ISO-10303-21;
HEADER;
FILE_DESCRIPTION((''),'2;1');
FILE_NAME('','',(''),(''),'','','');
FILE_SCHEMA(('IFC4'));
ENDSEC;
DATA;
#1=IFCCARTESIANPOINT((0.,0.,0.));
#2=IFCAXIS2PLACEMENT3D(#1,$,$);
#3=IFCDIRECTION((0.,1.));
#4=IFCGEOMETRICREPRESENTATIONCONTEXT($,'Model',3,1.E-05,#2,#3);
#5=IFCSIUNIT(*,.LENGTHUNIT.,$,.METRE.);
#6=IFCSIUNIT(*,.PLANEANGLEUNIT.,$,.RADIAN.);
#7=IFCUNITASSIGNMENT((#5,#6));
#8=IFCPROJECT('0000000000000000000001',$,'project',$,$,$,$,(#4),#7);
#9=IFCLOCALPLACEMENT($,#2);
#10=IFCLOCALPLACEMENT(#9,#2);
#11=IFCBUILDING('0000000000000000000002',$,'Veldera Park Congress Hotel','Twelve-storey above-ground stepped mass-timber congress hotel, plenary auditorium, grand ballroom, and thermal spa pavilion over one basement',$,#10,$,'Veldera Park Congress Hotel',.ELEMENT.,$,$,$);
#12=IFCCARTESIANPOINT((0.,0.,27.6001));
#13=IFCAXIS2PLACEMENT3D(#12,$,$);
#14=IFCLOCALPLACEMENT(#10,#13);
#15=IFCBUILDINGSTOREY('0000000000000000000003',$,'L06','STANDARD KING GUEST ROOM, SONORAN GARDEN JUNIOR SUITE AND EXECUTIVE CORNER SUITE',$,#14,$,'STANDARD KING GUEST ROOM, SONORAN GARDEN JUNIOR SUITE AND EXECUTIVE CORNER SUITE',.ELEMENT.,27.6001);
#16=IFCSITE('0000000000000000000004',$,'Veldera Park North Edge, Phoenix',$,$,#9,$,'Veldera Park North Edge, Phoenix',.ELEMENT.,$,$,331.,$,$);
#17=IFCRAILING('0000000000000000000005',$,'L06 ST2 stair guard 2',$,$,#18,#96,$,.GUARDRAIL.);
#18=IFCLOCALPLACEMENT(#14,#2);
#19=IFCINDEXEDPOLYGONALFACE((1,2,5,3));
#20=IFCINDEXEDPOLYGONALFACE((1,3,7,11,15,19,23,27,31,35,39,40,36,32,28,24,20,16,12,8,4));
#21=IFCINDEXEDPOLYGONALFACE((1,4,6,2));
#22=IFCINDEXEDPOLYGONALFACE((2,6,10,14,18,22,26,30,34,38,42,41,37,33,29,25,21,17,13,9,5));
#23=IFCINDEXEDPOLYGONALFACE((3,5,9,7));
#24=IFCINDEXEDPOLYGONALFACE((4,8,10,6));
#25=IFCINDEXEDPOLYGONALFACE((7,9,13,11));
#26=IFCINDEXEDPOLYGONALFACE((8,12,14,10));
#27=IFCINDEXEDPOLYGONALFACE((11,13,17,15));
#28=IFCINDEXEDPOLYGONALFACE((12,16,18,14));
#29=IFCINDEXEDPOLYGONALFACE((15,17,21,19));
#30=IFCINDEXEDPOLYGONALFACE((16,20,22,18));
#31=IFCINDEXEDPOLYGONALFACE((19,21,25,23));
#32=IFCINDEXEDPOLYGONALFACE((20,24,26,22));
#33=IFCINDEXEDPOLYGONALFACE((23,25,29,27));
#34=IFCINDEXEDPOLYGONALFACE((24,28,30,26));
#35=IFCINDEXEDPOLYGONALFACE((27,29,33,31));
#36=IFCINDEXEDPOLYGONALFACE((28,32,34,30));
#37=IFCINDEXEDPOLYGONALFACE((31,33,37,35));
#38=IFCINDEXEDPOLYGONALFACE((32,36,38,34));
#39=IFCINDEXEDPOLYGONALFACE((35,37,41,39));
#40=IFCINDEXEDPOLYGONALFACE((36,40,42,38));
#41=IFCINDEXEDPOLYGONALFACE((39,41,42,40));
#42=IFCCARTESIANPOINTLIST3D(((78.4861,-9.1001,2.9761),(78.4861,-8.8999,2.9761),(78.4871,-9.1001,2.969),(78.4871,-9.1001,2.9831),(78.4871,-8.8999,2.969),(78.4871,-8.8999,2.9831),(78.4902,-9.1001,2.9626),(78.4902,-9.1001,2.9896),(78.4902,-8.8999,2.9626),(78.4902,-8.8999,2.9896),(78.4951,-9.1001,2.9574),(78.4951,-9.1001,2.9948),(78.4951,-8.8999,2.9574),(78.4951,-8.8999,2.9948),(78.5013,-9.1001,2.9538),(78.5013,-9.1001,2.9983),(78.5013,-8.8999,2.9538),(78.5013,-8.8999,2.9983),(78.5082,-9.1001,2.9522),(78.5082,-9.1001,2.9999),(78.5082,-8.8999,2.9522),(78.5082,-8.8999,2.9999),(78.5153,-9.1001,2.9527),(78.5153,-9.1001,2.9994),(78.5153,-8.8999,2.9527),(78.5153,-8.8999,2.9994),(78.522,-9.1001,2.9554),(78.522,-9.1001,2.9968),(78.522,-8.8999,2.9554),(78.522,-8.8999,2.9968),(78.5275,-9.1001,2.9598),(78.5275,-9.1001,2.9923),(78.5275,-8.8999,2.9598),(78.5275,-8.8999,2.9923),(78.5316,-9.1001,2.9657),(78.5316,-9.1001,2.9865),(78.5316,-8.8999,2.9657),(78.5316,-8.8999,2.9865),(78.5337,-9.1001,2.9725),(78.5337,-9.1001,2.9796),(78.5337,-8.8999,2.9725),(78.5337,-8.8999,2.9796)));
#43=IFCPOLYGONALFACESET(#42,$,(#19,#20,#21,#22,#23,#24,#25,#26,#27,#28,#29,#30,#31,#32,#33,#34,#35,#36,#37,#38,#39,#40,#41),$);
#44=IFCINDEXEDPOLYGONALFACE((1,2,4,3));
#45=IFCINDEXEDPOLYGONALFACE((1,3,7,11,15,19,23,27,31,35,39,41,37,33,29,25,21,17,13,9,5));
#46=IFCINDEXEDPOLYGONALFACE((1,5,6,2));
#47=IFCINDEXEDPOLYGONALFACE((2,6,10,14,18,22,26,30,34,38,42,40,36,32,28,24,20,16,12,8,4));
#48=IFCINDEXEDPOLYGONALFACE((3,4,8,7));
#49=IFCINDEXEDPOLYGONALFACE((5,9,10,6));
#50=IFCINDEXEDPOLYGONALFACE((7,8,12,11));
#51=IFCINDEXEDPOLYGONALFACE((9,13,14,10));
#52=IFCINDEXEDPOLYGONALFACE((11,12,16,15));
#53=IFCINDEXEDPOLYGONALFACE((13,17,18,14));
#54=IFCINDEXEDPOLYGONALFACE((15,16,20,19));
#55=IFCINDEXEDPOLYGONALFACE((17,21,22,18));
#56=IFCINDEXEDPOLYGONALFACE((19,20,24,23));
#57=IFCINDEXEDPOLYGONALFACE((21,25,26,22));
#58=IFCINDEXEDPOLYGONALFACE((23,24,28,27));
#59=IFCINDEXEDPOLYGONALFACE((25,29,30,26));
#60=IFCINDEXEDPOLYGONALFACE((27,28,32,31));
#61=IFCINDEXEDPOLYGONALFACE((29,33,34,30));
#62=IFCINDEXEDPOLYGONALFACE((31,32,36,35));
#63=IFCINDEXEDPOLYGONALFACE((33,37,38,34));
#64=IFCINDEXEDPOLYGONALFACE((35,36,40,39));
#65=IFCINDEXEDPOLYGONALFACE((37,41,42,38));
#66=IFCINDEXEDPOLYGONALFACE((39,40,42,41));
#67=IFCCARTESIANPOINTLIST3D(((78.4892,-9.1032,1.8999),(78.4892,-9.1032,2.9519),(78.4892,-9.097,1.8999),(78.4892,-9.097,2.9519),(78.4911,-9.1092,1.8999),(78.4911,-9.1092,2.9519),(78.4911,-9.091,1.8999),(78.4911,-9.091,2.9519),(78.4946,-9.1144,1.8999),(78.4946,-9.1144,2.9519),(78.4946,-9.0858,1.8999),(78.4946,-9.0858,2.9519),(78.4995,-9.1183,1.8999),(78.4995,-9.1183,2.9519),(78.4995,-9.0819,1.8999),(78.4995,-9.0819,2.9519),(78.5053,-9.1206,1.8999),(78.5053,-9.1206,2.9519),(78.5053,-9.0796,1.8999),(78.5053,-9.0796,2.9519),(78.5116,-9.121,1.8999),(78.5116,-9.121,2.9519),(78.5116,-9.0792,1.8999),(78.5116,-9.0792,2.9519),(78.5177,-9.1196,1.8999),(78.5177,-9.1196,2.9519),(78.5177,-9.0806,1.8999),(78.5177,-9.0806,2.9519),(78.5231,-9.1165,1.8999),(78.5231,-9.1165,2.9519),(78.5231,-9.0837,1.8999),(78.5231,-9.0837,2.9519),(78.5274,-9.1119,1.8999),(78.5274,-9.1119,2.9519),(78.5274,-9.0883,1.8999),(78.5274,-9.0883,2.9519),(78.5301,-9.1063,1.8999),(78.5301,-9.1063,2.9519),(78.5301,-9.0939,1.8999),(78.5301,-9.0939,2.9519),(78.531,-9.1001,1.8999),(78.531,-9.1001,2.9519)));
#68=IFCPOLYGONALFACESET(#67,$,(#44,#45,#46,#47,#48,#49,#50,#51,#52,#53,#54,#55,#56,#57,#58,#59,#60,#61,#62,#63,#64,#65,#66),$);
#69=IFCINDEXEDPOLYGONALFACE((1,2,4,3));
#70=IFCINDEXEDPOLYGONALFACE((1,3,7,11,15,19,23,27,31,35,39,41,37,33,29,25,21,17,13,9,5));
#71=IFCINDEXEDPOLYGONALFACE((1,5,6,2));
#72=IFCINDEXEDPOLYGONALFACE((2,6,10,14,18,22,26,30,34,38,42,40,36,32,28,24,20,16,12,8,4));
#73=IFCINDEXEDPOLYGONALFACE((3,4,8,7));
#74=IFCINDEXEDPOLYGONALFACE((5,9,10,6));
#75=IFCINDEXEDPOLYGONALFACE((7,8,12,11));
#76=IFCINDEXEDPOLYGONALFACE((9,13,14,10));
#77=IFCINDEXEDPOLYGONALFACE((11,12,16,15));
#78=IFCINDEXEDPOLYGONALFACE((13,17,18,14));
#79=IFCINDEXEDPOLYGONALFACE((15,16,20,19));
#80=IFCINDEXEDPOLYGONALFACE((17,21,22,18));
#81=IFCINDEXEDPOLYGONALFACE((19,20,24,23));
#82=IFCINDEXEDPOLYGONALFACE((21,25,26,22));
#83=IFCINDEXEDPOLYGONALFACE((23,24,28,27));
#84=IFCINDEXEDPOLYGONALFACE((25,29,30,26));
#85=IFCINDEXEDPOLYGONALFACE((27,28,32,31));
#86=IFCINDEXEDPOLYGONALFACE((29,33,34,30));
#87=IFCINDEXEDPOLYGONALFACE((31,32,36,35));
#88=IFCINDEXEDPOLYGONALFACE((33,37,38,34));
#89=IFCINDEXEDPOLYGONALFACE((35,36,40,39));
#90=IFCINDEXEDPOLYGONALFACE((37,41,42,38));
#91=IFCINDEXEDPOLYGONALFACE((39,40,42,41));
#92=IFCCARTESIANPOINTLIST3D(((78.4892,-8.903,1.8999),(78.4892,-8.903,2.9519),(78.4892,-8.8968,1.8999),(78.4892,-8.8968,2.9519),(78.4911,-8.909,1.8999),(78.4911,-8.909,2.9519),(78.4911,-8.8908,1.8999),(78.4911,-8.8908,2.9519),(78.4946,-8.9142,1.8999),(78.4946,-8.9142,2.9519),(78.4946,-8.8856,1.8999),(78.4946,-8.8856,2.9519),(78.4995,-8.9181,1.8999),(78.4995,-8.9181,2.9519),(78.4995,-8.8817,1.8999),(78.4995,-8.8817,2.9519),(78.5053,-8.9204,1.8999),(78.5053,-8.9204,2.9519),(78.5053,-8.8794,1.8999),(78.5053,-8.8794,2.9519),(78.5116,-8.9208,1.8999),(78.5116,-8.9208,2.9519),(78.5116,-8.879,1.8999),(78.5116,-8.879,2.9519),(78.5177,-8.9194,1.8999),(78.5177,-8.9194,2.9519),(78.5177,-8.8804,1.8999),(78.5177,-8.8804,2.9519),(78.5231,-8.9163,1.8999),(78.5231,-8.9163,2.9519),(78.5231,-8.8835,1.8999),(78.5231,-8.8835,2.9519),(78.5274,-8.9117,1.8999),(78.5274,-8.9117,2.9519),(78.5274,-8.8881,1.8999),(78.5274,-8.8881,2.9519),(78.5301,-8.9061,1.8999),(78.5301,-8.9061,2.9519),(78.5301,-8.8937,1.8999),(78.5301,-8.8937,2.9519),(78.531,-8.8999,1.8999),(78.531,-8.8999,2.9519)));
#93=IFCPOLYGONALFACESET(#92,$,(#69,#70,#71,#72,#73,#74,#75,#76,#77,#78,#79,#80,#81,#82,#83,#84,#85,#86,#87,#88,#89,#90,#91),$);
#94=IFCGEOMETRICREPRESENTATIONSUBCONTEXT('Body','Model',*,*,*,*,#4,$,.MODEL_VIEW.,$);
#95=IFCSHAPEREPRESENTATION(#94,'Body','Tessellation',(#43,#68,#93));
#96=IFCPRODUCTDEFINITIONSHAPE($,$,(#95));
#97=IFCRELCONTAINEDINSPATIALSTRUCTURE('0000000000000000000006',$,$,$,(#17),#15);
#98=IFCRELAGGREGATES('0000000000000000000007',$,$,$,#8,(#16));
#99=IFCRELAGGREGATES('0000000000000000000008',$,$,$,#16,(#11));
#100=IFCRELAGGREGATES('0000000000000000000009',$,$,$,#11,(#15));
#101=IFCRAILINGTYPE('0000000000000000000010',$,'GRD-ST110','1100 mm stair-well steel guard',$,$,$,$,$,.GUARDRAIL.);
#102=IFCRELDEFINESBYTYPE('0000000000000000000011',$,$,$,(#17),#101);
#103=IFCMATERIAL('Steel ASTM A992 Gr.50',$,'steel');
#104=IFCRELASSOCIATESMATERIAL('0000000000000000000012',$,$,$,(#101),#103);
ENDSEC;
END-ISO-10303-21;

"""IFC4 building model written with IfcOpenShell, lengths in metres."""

from ifc_helpers import new_model, si_unit, direction, frame, origin, origin_2d, place, context, subcontext, project, spatial, circle, extrude, material, type_object, element, save


model = new_model("IFC4")

# Units and contexts
model_context = context("Model", 3, precision=1e-05, world=origin(), true_north=direction((0.0, 1.0)))
body_context = subcontext(model_context, "Body", "Model", "MODEL_VIEW")
ifc_project = project(units=[si_unit("LENGTHUNIT", "METRE"), si_unit("PLANEANGLEUNIT", "RADIAN")], contexts=[model_context])

# Site, building, storey
site_placement = place(None, origin())
site = spatial("IfcSite", under=ifc_project, at=site_placement, Name="Veldera Park North Edge, Phoenix", LongName="Veldera Park North Edge, Phoenix", CompositionType="ELEMENT", RefElevation=331.0)
building_placement = place(site_placement, origin())
building = spatial("IfcBuilding", under=site, at=building_placement, Name="Veldera Park Congress Hotel", Description="Twelve-storey above-ground stepped mass-timber congress hotel, plenary auditorium, grand ballroom, and thermal spa pavilion over one basement", LongName="Veldera Park Congress Hotel", CompositionType="ELEMENT")
storey_placement = place(building_placement, frame((0.0, 0.0, 27.6001)))
storey = spatial("IfcBuildingStorey", under=building, at=storey_placement, Name="L06", Description="STANDARD KING GUEST ROOM, SONORAN GARDEN JUNIOR SUITE AND EXECUTIVE CORNER SUITE", LongName="STANDARD KING GUEST ROOM, SONORAN GARDEN JUNIOR SUITE AND EXECUTIVE CORNER SUITE", CompositionType="ELEMENT", Elevation=27.6001)

# Railing
ifc_material_1 = material(Name="Steel ASTM A992 Gr.50", Category="steel")
railing_type_1 = type_object("IfcRailingType", Name="GRD-ST110", Description="1100 mm stair-well steel guard", PredefinedType="GUARDRAIL", material=ifc_material_1)
railing_1_placement = place(storey_placement, frame((78.51, -9.1001, 1.8999)))
element("IfcRailing", 1, at=railing_1_placement, inside=storey, type_object=railing_type_1, Name="L06 ST2 stair guard 2", PredefinedType="GUARDRAIL", context=body_context, shape_type="SweptSolid", body=[
    extrude(circle(Radius=0.0239, at=origin_2d()), frame((0.0, 0.0, 1.0762), z_axis=(0.0, 1.0, 0.0), x_axis=(-1.0, 0.0, 0.0)), (0.0, 0.0, 1.0), 0.2002),
    extrude(circle(Radius=0.021, at=origin_2d()), origin(), (0.0, 0.0, 1.0), 1.052),
    extrude(circle(Radius=0.021, at=origin_2d()), frame((0.0, 0.2002, 0.0)), (0.0, 0.0, 1.0), 1.052),
])

save(model, "model.ifc")
